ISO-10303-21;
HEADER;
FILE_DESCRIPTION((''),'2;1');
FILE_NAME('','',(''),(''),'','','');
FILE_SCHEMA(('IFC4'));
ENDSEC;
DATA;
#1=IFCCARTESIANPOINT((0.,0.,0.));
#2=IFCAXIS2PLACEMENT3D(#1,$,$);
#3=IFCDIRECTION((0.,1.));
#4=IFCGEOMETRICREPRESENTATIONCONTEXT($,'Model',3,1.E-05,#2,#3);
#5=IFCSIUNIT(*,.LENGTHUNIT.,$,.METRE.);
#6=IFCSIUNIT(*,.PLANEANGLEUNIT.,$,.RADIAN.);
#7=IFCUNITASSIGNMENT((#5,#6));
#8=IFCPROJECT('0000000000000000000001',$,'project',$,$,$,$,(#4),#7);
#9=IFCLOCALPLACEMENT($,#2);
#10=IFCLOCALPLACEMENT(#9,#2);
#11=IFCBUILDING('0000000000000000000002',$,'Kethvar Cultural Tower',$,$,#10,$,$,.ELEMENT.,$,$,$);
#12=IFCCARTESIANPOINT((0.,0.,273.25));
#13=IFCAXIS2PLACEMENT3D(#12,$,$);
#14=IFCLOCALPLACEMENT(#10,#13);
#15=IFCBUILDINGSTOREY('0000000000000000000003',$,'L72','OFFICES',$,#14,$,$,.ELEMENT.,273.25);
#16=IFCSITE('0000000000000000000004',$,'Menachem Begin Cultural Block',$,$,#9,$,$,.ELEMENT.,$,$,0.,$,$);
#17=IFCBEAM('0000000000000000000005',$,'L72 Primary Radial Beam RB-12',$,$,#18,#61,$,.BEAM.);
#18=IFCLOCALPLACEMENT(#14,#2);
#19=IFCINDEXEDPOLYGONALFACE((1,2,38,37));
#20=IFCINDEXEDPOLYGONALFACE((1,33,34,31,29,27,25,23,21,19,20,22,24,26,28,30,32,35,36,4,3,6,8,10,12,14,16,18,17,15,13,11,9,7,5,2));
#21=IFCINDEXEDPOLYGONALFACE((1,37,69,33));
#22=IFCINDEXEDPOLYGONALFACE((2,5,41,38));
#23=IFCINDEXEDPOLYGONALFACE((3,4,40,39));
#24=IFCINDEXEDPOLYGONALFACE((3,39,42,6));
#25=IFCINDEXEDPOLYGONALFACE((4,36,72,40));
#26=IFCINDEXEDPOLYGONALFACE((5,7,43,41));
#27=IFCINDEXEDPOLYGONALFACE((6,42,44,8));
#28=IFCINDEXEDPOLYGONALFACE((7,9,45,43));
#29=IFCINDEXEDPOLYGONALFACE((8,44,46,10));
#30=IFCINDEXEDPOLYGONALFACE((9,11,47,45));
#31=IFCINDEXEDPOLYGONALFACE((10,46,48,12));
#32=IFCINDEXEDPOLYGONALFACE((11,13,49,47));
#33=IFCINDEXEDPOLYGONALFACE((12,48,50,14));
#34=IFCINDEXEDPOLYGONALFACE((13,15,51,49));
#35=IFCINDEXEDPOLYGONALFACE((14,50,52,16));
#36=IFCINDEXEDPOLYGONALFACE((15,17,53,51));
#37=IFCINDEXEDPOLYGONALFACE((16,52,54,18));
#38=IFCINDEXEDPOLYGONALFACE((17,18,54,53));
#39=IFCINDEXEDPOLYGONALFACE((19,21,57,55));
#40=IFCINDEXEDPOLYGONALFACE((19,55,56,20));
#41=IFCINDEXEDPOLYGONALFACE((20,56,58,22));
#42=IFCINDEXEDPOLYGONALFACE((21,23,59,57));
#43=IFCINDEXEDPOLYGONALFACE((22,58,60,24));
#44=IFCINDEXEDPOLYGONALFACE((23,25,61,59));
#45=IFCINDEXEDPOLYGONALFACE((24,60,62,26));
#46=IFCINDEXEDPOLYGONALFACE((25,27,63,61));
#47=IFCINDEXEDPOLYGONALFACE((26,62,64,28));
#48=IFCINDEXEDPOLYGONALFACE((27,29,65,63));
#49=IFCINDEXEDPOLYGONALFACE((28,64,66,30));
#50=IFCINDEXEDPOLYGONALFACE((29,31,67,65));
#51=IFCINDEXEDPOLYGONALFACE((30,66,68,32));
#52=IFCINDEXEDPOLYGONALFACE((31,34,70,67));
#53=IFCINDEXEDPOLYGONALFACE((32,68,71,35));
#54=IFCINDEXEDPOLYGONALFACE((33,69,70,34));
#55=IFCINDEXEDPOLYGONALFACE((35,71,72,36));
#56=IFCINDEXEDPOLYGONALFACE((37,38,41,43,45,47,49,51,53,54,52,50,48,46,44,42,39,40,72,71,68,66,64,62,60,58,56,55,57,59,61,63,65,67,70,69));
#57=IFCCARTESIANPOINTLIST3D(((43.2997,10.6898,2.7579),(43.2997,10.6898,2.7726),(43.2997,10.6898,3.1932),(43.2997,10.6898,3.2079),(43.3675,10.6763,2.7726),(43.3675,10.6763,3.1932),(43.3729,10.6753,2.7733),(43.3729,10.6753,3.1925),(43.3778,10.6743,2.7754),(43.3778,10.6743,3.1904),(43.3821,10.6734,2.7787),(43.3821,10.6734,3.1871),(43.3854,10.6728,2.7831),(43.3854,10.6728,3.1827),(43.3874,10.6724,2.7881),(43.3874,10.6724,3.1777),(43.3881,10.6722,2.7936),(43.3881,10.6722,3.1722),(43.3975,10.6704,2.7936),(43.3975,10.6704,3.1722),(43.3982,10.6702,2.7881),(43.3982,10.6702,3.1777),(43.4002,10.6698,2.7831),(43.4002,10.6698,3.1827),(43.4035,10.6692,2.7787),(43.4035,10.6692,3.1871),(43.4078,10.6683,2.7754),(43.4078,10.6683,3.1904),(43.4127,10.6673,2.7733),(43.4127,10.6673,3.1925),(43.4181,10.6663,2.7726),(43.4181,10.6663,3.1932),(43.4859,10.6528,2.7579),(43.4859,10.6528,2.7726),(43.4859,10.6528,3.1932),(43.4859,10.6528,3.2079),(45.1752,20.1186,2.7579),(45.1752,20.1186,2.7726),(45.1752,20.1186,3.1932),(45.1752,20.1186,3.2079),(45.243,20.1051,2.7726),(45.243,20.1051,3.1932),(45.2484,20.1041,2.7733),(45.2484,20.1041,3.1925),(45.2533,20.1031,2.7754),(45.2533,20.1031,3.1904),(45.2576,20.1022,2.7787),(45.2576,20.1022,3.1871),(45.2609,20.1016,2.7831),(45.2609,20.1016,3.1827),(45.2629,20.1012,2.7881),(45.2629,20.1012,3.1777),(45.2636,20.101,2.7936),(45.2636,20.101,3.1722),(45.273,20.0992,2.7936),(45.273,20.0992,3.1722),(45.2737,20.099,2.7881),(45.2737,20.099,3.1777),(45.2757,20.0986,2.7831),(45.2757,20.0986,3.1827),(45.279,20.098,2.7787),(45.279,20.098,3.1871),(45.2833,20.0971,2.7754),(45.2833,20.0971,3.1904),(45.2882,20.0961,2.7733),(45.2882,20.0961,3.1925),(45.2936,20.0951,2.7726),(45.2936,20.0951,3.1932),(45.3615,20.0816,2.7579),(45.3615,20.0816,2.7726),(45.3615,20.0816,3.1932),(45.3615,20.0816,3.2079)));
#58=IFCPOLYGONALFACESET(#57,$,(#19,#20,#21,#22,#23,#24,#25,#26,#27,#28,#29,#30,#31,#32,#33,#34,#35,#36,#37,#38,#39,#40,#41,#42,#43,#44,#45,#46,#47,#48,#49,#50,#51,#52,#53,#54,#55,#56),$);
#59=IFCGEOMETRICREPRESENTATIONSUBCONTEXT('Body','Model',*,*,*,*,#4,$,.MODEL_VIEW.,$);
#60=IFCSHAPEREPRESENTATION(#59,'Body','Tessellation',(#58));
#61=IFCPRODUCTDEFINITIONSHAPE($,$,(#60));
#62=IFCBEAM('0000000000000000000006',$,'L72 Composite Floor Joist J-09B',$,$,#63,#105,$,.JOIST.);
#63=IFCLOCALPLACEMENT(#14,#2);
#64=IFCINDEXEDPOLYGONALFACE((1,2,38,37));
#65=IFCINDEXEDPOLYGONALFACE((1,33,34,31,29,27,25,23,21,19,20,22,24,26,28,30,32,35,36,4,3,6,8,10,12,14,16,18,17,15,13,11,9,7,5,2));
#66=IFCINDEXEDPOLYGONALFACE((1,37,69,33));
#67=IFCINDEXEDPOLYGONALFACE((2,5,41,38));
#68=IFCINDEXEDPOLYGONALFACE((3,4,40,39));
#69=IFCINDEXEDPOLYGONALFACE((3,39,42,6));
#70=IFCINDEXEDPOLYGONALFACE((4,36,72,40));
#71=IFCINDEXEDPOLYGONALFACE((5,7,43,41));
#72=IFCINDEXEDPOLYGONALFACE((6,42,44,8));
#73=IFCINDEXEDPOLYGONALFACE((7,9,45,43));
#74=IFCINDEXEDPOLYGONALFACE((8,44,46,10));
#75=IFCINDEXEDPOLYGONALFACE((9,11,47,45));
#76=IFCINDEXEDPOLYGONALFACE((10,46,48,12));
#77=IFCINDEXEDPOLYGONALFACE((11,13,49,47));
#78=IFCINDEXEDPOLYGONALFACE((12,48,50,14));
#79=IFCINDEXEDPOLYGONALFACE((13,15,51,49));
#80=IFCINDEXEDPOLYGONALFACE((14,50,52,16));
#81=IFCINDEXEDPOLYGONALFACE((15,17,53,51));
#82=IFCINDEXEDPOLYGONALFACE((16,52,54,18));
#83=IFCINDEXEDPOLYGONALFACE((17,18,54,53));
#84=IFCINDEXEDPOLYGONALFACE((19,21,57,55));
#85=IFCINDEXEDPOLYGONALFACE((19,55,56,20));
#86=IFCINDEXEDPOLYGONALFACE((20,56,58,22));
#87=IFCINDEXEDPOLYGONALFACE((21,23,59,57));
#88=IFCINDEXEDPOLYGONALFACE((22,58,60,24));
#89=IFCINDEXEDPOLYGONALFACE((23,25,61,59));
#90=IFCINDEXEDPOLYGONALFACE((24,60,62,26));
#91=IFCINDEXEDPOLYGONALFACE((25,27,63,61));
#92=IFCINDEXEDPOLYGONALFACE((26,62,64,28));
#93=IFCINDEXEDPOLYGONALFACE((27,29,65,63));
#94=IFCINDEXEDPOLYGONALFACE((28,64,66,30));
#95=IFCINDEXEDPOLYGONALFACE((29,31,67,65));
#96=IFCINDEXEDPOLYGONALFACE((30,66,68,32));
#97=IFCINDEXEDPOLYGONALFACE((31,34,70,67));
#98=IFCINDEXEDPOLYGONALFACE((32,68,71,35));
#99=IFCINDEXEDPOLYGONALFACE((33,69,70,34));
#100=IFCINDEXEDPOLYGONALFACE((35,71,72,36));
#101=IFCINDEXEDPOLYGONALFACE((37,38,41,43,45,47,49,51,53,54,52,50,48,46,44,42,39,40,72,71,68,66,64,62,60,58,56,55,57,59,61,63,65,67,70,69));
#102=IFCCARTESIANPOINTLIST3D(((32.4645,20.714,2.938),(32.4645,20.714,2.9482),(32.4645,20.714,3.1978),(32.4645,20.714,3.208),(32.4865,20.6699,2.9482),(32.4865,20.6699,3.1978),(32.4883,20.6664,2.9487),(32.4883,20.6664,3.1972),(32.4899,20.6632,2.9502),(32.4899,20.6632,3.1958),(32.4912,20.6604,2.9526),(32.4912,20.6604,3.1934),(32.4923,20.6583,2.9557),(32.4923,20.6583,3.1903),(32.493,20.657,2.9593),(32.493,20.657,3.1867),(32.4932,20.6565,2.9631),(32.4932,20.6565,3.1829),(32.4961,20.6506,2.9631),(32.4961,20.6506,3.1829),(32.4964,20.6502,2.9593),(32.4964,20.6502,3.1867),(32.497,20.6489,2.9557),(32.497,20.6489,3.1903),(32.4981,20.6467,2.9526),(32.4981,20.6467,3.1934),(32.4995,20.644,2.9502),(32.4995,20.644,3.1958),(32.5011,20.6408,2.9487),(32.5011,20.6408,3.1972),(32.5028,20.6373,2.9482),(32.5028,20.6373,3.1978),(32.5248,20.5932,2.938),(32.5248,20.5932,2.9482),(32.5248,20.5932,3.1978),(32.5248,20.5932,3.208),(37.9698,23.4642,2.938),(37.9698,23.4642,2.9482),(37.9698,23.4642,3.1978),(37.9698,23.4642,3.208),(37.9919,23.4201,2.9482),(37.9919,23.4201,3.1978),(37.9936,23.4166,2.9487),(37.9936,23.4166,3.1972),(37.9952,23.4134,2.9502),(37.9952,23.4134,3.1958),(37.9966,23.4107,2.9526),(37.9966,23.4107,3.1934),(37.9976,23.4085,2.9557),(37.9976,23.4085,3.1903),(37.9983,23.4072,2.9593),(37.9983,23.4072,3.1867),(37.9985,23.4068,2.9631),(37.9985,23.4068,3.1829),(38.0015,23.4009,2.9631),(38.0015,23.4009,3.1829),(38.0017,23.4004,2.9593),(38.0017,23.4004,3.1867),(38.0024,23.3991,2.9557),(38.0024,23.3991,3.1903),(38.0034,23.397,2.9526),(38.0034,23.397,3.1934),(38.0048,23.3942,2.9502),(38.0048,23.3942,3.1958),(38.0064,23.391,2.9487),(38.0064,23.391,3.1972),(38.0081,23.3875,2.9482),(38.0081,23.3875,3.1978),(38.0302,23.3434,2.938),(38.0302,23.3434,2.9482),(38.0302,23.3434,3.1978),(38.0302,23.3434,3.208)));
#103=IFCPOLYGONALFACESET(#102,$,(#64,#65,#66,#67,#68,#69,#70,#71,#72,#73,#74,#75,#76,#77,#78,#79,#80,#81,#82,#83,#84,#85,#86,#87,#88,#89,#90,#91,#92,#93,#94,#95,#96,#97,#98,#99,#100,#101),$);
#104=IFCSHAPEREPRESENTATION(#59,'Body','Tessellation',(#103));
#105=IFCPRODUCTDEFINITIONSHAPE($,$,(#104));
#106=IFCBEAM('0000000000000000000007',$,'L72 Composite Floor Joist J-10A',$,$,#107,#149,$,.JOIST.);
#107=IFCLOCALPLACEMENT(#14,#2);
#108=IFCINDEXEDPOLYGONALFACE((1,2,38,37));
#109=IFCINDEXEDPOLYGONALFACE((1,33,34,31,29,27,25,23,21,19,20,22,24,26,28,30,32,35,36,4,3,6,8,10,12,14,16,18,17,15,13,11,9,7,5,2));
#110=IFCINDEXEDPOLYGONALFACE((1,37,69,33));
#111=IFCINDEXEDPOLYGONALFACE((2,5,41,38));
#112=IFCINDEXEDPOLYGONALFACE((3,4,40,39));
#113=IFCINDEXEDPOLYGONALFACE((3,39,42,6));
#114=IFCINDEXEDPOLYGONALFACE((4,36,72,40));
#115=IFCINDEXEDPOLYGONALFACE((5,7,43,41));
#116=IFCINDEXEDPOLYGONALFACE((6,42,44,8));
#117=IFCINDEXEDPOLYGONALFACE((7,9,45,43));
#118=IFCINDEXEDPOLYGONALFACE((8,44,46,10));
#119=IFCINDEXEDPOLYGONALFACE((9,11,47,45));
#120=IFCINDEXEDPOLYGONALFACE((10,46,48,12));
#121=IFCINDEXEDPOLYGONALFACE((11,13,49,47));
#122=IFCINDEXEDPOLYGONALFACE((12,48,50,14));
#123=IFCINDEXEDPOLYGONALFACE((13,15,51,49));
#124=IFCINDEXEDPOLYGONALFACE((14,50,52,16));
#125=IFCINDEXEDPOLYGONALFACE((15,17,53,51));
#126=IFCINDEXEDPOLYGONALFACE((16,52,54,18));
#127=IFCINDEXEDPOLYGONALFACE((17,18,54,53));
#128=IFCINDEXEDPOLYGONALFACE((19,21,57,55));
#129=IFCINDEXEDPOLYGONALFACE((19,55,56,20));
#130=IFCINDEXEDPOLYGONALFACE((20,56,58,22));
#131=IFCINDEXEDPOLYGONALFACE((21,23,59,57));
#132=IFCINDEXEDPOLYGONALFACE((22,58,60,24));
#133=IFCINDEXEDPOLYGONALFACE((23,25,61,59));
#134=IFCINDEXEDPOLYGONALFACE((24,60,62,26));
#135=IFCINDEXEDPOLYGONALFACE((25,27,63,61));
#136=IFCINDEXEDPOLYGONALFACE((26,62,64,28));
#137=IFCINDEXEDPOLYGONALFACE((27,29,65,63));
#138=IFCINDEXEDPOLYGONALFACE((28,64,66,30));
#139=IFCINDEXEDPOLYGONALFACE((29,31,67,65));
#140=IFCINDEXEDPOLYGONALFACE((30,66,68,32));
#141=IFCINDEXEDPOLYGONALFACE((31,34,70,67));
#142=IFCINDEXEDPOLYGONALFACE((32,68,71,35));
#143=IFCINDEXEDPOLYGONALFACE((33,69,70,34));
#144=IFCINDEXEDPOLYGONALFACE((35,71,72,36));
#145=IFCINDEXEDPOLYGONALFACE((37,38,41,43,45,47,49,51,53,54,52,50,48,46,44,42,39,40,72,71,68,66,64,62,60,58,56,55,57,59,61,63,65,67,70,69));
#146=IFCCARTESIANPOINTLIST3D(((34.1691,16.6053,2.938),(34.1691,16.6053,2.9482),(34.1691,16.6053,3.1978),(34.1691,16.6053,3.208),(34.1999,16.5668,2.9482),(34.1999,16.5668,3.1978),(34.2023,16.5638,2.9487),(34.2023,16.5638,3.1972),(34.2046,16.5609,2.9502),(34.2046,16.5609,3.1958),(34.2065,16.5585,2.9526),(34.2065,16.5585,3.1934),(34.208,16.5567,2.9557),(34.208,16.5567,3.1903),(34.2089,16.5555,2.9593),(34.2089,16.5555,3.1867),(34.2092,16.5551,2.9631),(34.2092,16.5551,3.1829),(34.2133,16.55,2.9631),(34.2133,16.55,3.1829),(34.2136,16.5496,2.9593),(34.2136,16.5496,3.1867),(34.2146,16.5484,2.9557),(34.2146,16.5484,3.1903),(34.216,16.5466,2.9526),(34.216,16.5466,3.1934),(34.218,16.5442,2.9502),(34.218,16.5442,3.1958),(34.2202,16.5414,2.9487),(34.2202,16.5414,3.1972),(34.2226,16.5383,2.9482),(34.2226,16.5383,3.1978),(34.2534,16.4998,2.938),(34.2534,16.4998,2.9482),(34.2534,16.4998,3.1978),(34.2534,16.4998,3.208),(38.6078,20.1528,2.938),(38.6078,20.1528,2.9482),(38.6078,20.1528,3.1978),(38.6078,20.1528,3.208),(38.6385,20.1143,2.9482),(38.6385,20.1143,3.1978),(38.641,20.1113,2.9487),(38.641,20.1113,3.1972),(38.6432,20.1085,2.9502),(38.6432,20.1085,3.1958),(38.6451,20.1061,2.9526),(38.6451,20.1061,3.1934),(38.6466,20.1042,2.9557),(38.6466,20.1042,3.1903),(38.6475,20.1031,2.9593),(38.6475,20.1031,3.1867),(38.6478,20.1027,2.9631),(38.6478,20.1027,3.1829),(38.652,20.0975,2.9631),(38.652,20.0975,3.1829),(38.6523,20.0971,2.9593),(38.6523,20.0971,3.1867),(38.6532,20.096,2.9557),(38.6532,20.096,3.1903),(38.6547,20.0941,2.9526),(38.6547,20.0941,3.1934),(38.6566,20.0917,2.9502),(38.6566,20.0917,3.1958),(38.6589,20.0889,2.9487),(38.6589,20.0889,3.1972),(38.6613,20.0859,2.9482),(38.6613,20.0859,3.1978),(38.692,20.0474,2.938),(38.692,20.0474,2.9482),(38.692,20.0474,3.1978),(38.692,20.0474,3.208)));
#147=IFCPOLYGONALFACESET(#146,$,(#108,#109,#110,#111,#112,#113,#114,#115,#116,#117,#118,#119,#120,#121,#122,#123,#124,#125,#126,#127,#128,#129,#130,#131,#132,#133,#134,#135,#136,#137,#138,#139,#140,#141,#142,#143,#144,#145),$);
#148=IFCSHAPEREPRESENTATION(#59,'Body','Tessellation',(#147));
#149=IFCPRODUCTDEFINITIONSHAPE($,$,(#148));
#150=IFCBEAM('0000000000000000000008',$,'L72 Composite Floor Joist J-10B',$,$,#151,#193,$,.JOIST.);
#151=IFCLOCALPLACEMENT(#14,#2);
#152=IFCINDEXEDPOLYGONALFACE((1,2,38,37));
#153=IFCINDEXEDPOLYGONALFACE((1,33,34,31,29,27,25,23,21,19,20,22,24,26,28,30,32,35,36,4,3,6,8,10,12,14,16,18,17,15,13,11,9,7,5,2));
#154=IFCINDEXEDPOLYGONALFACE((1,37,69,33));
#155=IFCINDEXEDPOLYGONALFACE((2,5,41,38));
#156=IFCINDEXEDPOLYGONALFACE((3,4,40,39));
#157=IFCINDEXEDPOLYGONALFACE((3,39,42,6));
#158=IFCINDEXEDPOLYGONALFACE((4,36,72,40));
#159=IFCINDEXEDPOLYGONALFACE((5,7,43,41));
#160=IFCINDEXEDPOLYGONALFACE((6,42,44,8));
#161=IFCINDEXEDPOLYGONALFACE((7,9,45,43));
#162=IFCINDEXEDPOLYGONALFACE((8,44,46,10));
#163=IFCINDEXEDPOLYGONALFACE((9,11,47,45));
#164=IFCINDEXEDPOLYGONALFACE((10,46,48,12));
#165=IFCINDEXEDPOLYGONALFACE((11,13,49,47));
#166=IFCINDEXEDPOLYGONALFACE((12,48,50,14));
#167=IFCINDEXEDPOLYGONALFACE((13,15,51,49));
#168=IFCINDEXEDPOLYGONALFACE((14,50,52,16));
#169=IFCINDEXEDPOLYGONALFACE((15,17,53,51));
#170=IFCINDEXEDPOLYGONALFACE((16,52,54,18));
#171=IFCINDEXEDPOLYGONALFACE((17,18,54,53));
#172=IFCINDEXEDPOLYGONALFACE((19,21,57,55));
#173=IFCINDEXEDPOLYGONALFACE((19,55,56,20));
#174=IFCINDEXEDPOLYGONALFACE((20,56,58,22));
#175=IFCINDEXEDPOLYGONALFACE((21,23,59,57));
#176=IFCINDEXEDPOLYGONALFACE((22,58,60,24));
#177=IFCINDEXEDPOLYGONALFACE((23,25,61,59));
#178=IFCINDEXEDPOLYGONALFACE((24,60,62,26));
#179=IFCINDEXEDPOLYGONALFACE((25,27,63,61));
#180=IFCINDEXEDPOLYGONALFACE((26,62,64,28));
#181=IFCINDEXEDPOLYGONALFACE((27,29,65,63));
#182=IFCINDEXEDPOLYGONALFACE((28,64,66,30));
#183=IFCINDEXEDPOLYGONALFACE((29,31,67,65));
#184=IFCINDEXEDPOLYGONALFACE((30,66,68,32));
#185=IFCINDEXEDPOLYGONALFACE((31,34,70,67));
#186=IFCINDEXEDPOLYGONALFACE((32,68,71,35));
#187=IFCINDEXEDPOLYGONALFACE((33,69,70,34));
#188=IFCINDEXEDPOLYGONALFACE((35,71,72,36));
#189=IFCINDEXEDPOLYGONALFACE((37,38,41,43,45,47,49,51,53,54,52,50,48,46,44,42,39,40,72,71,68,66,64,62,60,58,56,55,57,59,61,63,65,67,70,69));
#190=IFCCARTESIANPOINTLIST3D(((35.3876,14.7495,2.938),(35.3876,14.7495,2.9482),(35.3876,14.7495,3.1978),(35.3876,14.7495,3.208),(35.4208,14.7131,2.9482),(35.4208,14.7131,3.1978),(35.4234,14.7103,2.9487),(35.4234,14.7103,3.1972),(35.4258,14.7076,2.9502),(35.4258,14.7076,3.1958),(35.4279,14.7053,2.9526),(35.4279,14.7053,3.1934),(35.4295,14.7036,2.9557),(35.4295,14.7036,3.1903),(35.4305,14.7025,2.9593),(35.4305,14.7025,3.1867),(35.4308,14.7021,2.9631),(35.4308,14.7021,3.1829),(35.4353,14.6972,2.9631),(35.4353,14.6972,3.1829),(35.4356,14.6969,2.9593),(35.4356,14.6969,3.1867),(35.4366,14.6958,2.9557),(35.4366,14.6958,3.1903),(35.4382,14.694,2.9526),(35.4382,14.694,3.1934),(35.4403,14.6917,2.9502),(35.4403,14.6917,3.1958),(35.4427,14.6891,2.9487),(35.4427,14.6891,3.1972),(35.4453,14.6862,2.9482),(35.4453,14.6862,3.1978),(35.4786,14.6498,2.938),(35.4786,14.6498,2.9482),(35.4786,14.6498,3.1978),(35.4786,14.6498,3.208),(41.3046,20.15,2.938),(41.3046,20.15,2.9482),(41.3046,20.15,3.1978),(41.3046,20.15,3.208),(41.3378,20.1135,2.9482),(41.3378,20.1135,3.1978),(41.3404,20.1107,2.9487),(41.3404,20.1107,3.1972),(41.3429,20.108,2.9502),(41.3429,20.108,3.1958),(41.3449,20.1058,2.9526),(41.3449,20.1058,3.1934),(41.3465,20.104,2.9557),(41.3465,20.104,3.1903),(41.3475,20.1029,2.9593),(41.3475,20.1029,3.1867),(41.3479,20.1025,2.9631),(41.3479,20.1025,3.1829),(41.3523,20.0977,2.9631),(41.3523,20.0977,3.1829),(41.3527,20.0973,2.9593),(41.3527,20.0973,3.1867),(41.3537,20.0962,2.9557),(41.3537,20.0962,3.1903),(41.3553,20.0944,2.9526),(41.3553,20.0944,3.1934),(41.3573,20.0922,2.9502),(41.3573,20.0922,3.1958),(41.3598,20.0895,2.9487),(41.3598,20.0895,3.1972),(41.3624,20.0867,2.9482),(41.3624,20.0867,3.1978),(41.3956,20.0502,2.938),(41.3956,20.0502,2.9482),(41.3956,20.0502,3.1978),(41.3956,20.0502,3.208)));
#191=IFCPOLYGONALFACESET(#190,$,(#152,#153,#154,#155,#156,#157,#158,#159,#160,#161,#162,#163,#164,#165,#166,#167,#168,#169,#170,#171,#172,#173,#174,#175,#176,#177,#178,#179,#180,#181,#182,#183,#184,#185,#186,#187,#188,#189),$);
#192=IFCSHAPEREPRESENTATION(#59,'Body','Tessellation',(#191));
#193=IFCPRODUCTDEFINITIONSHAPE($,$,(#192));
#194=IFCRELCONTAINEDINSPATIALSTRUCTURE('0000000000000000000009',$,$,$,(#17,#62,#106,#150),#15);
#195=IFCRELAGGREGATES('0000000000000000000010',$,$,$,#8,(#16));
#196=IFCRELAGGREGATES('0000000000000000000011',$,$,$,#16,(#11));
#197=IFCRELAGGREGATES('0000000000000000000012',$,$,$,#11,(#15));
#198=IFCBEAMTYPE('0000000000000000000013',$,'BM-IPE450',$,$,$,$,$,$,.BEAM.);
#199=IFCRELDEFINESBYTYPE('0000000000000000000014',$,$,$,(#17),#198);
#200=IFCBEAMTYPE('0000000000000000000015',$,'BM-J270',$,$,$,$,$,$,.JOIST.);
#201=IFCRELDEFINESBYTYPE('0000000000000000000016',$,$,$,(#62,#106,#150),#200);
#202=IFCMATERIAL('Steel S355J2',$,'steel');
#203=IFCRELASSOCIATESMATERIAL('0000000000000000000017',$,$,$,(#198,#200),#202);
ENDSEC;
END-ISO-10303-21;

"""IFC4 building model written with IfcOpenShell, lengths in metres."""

from ifc_helpers import new_model, si_unit, direction, frame, origin, origin_2d, place, context, subcontext, project, spatial, i_section, extrude, source, transform, mapped, material, material_profile, profile_set, type_object, element, save


model = new_model("IFC4")

# Units and contexts
model_context = context("Model", 3, precision=1e-05, world=origin(), true_north=direction((0.0, 1.0)))
body_context = subcontext(model_context, "Body", "Model", "MODEL_VIEW")
ifc_project = project(units=[si_unit("LENGTHUNIT", "METRE"), si_unit("PLANEANGLEUNIT", "RADIAN")], contexts=[model_context])

# Site, building, storey
site_placement = place(None, origin())
site = spatial("IfcSite", under=ifc_project, at=site_placement, Name="Menachem Begin Cultural Block", CompositionType="ELEMENT", RefElevation=0.0)
building_placement = place(site_placement, origin())
building = spatial("IfcBuilding", under=site, at=building_placement, Name="Kethvar Cultural Tower", CompositionType="ELEMENT")
storey_placement = place(building_placement, frame((0.0, 0.0, 273.25)))
storey = spatial("IfcBuildingStorey", under=building, at=storey_placement, Name="L72", Description="OFFICES", CompositionType="ELEMENT", Elevation=273.25)

# Shared definitions
ifc_material_1 = material(Name="Steel S355J2", Category="steel")

# Beams
ifc_material_profile_1 = material_profile(ifc_material_1, i_section(OverallWidth=0.1899, OverallDepth=0.45, WebThickness=0.0095, FlangeThickness=0.0146, FilletRadius=0.021, at=origin_2d()), Name="Steel S355J2 — IPE450")
ifc_profile_set_1 = profile_set([ifc_material_profile_1], Name="Steel S355J2 — IPE450")
beam_type_1 = type_object("IfcBeamType", Name="BM-IPE450", PredefinedType="BEAM", material=ifc_profile_set_1)
shared_shape_1 = source(origin(), body_context, "Body", "SweptSolid", [
    extrude(i_section(OverallWidth=0.1899, OverallDepth=0.45, WebThickness=0.0095, FlangeThickness=0.0146, FilletRadius=0.021, at=origin_2d()), origin(), (0.0, 0.0, 1.0), 9.6135),
])
beam_1_placement = place(storey_placement, frame((45.2683, 20.1001, 2.9829), z_axis=(-0.19509, -0.980785, 0.0), x_axis=(0.980785, -0.19509, 0.0)))
element("IfcBeam", 1, at=beam_1_placement, inside=storey, type_object=beam_type_1, Name="L72 Primary Radial Beam RB-12", PredefinedType="BEAM", context=body_context, shape_type="MappedRepresentation", body=[
    mapped(shared_shape_1, transform((0.0, 0.0, 0.0), scale=1.0)),
])
ifc_material_profile_2 = material_profile(ifc_material_1, i_section(OverallWidth=0.135, OverallDepth=0.27, WebThickness=0.0066, FlangeThickness=0.0103, FilletRadius=0.0149, at=origin_2d()), Name="Steel S355J2 — IPE270")
ifc_profile_set_2 = profile_set([ifc_material_profile_2], Name="Steel S355J2 — IPE270")
beam_type_2 = type_object("IfcBeamType", Name="BM-J270", PredefinedType="JOIST", material=ifc_profile_set_2)
shared_shape_2 = source(origin(), body_context, "Body", "SweptSolid", [
    extrude(i_section(OverallWidth=0.135, OverallDepth=0.27, WebThickness=0.0066, FlangeThickness=0.0103, FilletRadius=0.0149, at=origin_2d()), origin(), (0.0, 0.0, 1.0), 6.1541),
])
beam_2_placement = place(storey_placement, frame((38.0, 23.4038, 3.073), z_axis=(-0.894586, -0.446896, 0.0), x_axis=(0.446896, -0.894586, 0.0)))
element("IfcBeam", 2, at=beam_2_placement, inside=storey, type_object=beam_type_2, Name="L72 Composite Floor Joist J-09B", PredefinedType="JOIST", context=body_context, shape_type="MappedRepresentation", body=[
    mapped(shared_shape_2, transform((0.0, 0.0, 0.0), scale=1.0)),
])
shared_shape_3 = source(origin(), body_context, "Body", "SweptSolid", [
    extrude(i_section(OverallWidth=0.135, OverallDepth=0.27, WebThickness=0.0066, FlangeThickness=0.0103, FilletRadius=0.0149, at=origin_2d()), origin(), (0.0, 0.0, 1.0), 5.6821),
])
beam_3_placement = place(storey_placement, frame((38.6499, 20.1001, 3.073), z_axis=(-0.781158, -0.624333, 0.0), x_axis=(0.624333, -0.781158, 0.0)))
element("IfcBeam", 3, at=beam_3_placement, inside=storey, type_object=beam_type_2, Name="L72 Composite Floor Joist J-10A", PredefinedType="JOIST", context=body_context, shape_type="MappedRepresentation", body=[
    mapped(shared_shape_3, transform((0.0, 0.0, 0.0), scale=1.0)),
])
shared_shape_4 = source(origin(), body_context, "Body", "SweptSolid", [
    extrude(i_section(OverallWidth=0.135, OverallDepth=0.27, WebThickness=0.0066, FlangeThickness=0.0103, FilletRadius=0.0149, at=origin_2d()), origin(), (0.0, 0.0, 1.0), 8.011),
])
beam_4_placement = place(storey_placement, frame((41.3501, 20.1001, 3.073), z_axis=(-0.738615, -0.674128, 0.0), x_axis=(0.674128, -0.738615, 0.0)))
element("IfcBeam", 4, at=beam_4_placement, inside=storey, type_object=beam_type_2, Name="L72 Composite Floor Joist J-10B", PredefinedType="JOIST", context=body_context, shape_type="MappedRepresentation", body=[
    mapped(shared_shape_4, transform((0.0, 0.0, 0.0), scale=1.0)),
])

save(model, "model.ifc")
